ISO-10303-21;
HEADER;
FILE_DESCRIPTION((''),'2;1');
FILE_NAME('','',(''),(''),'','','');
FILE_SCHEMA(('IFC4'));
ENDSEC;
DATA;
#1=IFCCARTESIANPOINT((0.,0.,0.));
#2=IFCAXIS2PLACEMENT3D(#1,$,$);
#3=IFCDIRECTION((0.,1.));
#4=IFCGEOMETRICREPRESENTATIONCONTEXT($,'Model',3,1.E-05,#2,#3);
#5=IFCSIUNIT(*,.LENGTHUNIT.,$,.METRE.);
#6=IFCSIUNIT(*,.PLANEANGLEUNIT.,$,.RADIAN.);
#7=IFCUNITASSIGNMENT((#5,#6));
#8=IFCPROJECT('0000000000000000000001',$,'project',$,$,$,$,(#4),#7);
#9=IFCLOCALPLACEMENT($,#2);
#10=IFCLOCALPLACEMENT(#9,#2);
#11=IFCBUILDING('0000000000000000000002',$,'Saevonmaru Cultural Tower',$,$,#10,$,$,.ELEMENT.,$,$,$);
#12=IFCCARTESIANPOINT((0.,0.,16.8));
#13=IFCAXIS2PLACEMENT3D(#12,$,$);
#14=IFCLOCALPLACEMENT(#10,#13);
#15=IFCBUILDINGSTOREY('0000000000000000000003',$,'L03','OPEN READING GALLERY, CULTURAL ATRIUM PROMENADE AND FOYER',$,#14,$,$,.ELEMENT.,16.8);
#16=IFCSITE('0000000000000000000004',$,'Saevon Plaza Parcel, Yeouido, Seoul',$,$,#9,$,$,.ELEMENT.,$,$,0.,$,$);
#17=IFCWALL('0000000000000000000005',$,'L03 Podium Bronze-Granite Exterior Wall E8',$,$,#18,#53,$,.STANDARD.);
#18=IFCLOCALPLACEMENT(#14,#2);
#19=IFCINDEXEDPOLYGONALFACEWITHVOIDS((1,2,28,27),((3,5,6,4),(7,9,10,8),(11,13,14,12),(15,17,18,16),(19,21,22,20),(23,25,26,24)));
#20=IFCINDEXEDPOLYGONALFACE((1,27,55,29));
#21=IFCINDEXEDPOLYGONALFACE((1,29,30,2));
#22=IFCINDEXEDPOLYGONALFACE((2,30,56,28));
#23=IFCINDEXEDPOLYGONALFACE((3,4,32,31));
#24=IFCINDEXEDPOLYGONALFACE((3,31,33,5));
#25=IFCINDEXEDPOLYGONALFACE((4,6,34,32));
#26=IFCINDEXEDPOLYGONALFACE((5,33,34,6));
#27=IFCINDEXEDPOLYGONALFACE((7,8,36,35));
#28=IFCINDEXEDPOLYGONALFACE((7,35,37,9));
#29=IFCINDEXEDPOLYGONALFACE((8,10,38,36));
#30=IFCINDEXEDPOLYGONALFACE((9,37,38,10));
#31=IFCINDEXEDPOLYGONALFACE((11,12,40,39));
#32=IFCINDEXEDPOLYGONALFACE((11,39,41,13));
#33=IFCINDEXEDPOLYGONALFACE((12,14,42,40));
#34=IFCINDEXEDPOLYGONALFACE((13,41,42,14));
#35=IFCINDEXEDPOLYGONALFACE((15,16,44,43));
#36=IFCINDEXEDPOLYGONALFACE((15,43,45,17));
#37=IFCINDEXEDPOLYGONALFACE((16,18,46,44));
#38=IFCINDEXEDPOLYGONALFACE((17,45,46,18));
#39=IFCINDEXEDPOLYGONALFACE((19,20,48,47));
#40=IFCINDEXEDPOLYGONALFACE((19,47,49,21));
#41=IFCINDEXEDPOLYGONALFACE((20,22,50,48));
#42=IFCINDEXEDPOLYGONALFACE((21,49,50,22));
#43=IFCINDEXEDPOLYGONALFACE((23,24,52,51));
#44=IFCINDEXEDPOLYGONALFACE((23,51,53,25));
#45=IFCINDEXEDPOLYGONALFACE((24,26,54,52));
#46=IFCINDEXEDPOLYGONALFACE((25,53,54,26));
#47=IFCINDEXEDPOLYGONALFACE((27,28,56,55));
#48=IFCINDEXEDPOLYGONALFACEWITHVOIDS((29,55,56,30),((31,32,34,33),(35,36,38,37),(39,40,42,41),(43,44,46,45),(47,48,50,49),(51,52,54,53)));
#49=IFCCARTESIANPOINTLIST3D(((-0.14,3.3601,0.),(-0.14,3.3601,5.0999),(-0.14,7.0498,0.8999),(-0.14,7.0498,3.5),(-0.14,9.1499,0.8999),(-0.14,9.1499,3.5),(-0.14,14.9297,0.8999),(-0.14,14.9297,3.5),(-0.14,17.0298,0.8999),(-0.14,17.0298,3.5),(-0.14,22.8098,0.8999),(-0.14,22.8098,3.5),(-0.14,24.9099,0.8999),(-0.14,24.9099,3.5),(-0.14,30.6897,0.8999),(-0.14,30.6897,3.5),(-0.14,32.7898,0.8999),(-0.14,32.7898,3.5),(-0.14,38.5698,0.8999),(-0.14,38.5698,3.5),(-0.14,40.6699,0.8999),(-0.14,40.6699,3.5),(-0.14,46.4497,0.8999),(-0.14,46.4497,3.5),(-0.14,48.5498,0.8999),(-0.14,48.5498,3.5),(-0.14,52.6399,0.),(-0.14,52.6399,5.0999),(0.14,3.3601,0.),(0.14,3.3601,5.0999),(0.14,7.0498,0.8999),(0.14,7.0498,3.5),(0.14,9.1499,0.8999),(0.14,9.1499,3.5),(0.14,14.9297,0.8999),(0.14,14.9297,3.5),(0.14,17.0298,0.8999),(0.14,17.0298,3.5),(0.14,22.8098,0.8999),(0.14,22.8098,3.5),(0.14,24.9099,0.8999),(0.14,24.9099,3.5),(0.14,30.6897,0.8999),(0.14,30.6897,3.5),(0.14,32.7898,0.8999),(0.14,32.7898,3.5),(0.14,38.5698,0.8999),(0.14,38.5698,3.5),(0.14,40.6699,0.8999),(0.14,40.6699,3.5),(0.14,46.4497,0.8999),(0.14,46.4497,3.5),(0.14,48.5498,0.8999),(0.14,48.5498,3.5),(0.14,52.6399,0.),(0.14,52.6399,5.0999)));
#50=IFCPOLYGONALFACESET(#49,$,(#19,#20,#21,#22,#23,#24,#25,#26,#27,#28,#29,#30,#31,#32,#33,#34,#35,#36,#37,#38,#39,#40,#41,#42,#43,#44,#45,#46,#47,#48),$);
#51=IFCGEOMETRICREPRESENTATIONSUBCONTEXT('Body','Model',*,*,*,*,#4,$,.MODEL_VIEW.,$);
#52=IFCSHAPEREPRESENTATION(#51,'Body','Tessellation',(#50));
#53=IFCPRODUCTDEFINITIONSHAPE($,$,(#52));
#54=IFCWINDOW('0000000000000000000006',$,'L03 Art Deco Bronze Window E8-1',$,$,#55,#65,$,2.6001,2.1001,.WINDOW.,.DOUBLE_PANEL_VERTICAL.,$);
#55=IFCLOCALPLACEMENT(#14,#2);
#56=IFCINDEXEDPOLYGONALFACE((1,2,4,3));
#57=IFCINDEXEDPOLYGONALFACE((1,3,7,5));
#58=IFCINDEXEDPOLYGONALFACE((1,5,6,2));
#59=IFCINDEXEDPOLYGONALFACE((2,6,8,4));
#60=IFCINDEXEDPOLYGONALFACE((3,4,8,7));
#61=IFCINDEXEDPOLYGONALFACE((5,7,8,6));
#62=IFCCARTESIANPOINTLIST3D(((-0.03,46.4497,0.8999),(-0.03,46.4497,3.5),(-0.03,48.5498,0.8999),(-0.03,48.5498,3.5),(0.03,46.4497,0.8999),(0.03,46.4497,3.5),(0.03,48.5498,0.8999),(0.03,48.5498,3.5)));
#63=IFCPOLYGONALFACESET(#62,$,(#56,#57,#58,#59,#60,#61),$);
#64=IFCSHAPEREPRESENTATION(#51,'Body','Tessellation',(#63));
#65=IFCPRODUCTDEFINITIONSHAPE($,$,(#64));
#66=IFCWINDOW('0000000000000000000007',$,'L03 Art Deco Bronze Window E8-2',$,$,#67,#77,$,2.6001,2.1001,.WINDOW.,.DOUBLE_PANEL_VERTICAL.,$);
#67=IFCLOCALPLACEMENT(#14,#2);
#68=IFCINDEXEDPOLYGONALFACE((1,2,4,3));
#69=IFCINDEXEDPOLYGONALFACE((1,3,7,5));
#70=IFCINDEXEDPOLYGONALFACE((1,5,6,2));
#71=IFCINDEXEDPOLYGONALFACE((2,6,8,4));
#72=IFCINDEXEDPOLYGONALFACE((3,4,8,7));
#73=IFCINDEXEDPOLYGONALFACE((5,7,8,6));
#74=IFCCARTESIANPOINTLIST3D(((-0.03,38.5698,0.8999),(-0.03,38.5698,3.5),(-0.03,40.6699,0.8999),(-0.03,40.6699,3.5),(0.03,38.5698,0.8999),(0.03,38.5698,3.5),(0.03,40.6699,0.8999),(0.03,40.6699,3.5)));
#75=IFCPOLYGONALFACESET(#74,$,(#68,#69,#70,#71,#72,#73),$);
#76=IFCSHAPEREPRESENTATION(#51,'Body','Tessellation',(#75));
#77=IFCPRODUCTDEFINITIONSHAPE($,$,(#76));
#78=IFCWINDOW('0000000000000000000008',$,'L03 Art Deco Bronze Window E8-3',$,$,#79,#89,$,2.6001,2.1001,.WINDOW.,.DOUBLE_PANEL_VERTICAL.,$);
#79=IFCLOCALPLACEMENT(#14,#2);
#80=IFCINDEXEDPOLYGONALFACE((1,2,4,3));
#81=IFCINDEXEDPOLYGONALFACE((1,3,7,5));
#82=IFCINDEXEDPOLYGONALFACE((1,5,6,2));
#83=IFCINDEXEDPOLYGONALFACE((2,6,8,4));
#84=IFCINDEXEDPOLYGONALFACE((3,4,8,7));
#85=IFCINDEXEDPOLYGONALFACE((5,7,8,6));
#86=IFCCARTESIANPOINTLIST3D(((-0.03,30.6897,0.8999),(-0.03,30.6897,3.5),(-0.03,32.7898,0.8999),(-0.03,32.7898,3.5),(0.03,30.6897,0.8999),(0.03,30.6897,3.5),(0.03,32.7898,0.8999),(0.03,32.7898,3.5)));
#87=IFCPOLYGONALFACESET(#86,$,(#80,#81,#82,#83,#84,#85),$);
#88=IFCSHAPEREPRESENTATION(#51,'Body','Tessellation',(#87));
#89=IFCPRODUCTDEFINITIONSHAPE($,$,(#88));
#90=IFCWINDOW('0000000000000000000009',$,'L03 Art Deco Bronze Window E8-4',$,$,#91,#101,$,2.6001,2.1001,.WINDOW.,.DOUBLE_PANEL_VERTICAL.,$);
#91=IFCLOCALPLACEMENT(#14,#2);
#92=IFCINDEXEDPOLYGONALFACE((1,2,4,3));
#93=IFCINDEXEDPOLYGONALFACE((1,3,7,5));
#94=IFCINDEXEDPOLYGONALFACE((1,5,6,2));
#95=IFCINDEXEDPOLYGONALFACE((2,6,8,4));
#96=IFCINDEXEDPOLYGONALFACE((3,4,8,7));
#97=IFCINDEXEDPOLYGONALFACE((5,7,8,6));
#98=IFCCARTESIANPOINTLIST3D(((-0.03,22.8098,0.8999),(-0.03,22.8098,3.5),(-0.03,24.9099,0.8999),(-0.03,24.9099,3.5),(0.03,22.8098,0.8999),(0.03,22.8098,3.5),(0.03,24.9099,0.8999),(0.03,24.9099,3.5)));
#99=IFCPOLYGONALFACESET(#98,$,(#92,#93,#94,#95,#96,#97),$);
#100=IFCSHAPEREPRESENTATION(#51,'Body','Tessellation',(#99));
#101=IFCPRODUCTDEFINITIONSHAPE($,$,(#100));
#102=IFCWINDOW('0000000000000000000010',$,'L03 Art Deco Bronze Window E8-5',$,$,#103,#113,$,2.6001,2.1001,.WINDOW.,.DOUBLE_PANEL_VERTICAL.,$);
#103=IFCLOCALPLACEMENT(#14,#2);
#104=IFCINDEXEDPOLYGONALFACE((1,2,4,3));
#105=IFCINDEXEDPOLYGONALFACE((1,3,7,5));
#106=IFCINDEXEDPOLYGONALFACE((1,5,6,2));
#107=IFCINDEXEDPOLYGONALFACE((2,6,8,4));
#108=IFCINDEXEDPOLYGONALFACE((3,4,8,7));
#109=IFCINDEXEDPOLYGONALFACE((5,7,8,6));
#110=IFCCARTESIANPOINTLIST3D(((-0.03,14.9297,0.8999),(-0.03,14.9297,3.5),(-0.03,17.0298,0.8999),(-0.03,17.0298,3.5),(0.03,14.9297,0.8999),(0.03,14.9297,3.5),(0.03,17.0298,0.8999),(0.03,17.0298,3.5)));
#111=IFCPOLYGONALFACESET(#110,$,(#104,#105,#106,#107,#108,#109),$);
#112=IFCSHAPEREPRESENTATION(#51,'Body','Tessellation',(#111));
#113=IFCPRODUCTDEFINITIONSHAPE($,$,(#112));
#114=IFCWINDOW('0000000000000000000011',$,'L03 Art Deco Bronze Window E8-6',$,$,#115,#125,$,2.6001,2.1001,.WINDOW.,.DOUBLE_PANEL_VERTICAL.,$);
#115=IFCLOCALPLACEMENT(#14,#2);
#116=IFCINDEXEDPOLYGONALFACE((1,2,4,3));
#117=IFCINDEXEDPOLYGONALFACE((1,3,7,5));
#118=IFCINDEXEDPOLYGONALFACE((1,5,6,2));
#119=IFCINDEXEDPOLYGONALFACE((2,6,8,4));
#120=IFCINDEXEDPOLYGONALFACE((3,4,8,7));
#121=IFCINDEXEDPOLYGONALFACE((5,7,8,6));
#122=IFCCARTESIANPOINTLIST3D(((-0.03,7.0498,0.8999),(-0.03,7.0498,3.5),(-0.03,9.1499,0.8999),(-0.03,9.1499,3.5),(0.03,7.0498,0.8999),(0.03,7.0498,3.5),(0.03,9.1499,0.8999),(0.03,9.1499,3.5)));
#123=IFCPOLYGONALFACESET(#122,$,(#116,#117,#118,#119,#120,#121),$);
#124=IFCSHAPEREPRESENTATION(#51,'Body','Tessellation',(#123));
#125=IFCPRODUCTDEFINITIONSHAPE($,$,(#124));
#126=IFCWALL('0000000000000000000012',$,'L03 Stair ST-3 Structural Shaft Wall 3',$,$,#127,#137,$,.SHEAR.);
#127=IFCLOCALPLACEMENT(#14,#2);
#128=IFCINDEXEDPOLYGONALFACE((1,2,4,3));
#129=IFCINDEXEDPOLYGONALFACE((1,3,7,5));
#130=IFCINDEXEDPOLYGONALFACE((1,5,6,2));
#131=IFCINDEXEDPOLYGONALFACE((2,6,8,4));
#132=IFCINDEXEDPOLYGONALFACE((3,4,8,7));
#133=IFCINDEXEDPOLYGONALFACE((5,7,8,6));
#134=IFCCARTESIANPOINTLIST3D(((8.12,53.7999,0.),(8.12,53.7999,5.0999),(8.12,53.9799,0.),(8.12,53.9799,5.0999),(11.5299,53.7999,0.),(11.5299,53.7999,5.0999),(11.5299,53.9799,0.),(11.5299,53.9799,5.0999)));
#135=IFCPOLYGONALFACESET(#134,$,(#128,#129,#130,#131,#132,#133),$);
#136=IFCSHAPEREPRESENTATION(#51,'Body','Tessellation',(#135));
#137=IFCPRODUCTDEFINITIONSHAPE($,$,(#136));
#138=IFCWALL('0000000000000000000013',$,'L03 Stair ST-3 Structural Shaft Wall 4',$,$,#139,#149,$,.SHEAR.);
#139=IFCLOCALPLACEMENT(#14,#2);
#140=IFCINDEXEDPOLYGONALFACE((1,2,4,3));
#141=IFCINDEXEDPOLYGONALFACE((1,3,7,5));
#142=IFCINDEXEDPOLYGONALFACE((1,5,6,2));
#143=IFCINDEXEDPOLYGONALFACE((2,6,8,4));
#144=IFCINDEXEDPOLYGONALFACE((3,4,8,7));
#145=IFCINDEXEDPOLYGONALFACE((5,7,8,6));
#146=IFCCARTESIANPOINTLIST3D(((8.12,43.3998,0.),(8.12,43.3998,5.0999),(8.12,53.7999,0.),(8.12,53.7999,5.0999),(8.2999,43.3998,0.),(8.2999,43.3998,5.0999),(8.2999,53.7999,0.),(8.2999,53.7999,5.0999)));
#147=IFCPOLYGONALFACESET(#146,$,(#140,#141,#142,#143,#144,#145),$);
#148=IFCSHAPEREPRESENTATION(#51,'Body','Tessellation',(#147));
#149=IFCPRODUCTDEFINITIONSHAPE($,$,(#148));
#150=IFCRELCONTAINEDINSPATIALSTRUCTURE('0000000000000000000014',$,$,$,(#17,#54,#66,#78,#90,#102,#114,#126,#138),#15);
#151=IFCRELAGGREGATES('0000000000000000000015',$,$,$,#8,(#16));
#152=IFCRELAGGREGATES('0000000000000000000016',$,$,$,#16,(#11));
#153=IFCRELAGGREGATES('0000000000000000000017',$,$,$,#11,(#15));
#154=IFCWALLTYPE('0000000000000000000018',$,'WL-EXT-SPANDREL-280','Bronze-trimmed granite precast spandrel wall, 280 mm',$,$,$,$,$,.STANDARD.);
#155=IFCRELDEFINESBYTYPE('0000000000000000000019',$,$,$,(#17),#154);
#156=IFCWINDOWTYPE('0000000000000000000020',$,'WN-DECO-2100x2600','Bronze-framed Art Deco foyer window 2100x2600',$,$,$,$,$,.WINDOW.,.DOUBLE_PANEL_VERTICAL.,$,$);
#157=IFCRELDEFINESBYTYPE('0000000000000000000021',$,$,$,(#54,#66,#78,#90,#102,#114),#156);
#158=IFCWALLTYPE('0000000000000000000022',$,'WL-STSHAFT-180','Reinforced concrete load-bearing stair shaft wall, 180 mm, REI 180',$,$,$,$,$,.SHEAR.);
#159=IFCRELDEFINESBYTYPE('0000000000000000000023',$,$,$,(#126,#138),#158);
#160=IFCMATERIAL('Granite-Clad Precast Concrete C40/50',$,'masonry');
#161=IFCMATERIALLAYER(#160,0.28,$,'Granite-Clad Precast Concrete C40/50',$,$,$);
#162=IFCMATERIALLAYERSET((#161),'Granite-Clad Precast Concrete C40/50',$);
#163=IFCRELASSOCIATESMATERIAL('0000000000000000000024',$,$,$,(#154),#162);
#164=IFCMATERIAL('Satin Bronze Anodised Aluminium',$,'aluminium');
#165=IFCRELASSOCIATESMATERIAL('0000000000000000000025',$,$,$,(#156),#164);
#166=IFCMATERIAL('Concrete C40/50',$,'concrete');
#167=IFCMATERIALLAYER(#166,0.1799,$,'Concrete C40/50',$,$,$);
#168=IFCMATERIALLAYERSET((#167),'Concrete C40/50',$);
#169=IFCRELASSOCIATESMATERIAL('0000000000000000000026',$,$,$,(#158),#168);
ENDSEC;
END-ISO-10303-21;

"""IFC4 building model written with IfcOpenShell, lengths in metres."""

from ifc_helpers import new_model, si_unit, direction, frame, frame_2d, origin, place, context, subcontext, project, spatial, rectangle, extrude, material, layer, layer_set, type_object, element, fill, save


model = new_model("IFC4")

# Units and contexts
model_context = context("Model", 3, precision=1e-05, world=origin(), true_north=direction((0.0, 1.0)))
body_context = subcontext(model_context, "Body", "Model", "MODEL_VIEW")
ifc_project = project(units=[si_unit("LENGTHUNIT", "METRE"), si_unit("PLANEANGLEUNIT", "RADIAN")], contexts=[model_context])

# Site, building, storey
site_placement = place(None, origin())
site = spatial("IfcSite", under=ifc_project, at=site_placement, Name="Saevon Plaza Parcel, Yeouido, Seoul", CompositionType="ELEMENT", RefElevation=0.0)
building_placement = place(site_placement, origin())
building = spatial("IfcBuilding", under=site, at=building_placement, Name="Saevonmaru Cultural Tower", CompositionType="ELEMENT")
storey_placement = place(building_placement, frame((0.0, 0.0, 16.8)))
storey = spatial("IfcBuildingStorey", under=building, at=storey_placement, Name="L03", Description="OPEN READING GALLERY, CULTURAL ATRIUM PROMENADE AND FOYER", CompositionType="ELEMENT", Elevation=16.8)

# Shared definitions
ifc_material_1 = material(Name="Granite-Clad Precast Concrete C40/50", Category="masonry")
ifc_material_2 = material(Name="Satin Bronze Anodised Aluminium", Category="aluminium")

# Wall, openings, windows
ifc_layer_1 = layer(ifc_material_1, 0.28, Name="Granite-Clad Precast Concrete C40/50")
ifc_layer_set_1 = layer_set([ifc_layer_1], Name="Granite-Clad Precast Concrete C40/50")
wall_type_1 = type_object("IfcWallType", Name="WL-EXT-SPANDREL-280", Description="Bronze-trimmed granite precast spandrel wall, 280 mm", PredefinedType="STANDARD", material=ifc_layer_set_1)
wall_1_placement = place(storey_placement, frame((0.0, 52.6399, 0.0), z_axis=(0.0, 0.0, 1.0), x_axis=(0.0, -1.0, 0.0)))
wall_1 = element("IfcWall", 1, at=wall_1_placement, inside=storey, type_object=wall_type_1, Name="L03 Podium Bronze-Granite Exterior Wall E8", PredefinedType="STANDARD", context=body_context, shape_type="SweptSolid", body=[
    extrude(rectangle(XDim=49.2798, YDim=0.28, at=frame_2d((24.6399, 0.0))), origin(), (0.0, 0.0, 1.0), 5.0999),
])
opening_1_placement = place(wall_1_placement, frame((4.0901, 0.0, 0.8999)))
opening_1 = element("IfcOpeningElement", 2, at=opening_1_placement, cuts=wall_1, PredefinedType="OPENING", context=body_context, shape_type="SweptSolid", body=[
    extrude(rectangle(XDim=2.1001, YDim=2.6001, at=frame_2d((1.05, 1.3))), frame((0.0, 0.1499, 0.0), z_axis=(0.0, -1.0, 0.0), x_axis=(1.0, 0.0, 0.0)), (0.0, 0.0, 1.0), 0.3),
])
opening_2_placement = place(wall_1_placement, frame((11.97, 0.0, 0.8999)))
opening_2 = element("IfcOpeningElement", 3, at=opening_2_placement, cuts=wall_1, PredefinedType="OPENING", context=body_context, shape_type="SweptSolid", body=[
    extrude(rectangle(XDim=2.1001, YDim=2.6001, at=frame_2d((1.05, 1.3))), frame((0.0, 0.1499, 0.0), z_axis=(0.0, -1.0, 0.0), x_axis=(1.0, 0.0, 0.0)), (0.0, 0.0, 1.0), 0.3),
])
opening_3_placement = place(wall_1_placement, frame((19.8501, 0.0, 0.8999)))
opening_3 = element("IfcOpeningElement", 4, at=opening_3_placement, cuts=wall_1, PredefinedType="OPENING", context=body_context, shape_type="SweptSolid", body=[
    extrude(rectangle(XDim=2.1001, YDim=2.6001, at=frame_2d((1.05, 1.3))), frame((0.0, 0.1499, 0.0), z_axis=(0.0, -1.0, 0.0), x_axis=(1.0, 0.0, 0.0)), (0.0, 0.0, 1.0), 0.3),
])
opening_4_placement = place(wall_1_placement, frame((27.73, 0.0, 0.8999)))
opening_4 = element("IfcOpeningElement", 5, at=opening_4_placement, cuts=wall_1, PredefinedType="OPENING", context=body_context, shape_type="SweptSolid", body=[
    extrude(rectangle(XDim=2.1001, YDim=2.6001, at=frame_2d((1.05, 1.3))), frame((0.0, 0.1499, 0.0), z_axis=(0.0, -1.0, 0.0), x_axis=(1.0, 0.0, 0.0)), (0.0, 0.0, 1.0), 0.3),
])
opening_5_placement = place(wall_1_placement, frame((35.6101, 0.0, 0.8999)))
opening_5 = element("IfcOpeningElement", 6, at=opening_5_placement, cuts=wall_1, PredefinedType="OPENING", context=body_context, shape_type="SweptSolid", body=[
    extrude(rectangle(XDim=2.1001, YDim=2.6001, at=frame_2d((1.05, 1.3))), frame((0.0, 0.1499, 0.0), z_axis=(0.0, -1.0, 0.0), x_axis=(1.0, 0.0, 0.0)), (0.0, 0.0, 1.0), 0.3),
])
opening_6_placement = place(wall_1_placement, frame((43.49, 0.0, 0.8999)))
opening_6 = element("IfcOpeningElement", 7, at=opening_6_placement, cuts=wall_1, PredefinedType="OPENING", context=body_context, shape_type="SweptSolid", body=[
    extrude(rectangle(XDim=2.1001, YDim=2.6001, at=frame_2d((1.05, 1.3))), frame((0.0, 0.1499, 0.0), z_axis=(0.0, -1.0, 0.0), x_axis=(1.0, 0.0, 0.0)), (0.0, 0.0, 1.0), 0.3),
])
window_type_1 = type_object("IfcWindowType", Name="WN-DECO-2100x2600", Description="Bronze-framed Art Deco foyer window 2100x2600", PartitioningType="DOUBLE_PANEL_VERTICAL", PredefinedType="WINDOW", material=ifc_material_2)
window_1_placement = place(opening_1_placement, origin())
window_1 = element("IfcWindow", 8, at=window_1_placement, inside=storey, type_object=window_type_1, Name="L03 Art Deco Bronze Window E8-1", OverallHeight=2.6001, OverallWidth=2.1001, PartitioningType="DOUBLE_PANEL_VERTICAL", PredefinedType="WINDOW", context=body_context, shape_type="SweptSolid", body=[
    extrude(rectangle(XDim=2.1001, YDim=2.6001, at=frame_2d((1.05, 1.3))), frame((0.0, 0.03, 0.0), z_axis=(0.0, -1.0, 0.0), x_axis=(1.0, 0.0, 0.0)), (0.0, 0.0, 1.0), 0.0601),
])
fill(opening_1, window_1)
window_2_placement = place(opening_2_placement, origin())
window_2 = element("IfcWindow", 9, at=window_2_placement, inside=storey, type_object=window_type_1, Name="L03 Art Deco Bronze Window E8-2", OverallHeight=2.6001, OverallWidth=2.1001, PartitioningType="DOUBLE_PANEL_VERTICAL", PredefinedType="WINDOW", context=body_context, shape_type="SweptSolid", body=[
    extrude(rectangle(XDim=2.1001, YDim=2.6001, at=frame_2d((1.05, 1.3))), frame((0.0, 0.03, 0.0), z_axis=(0.0, -1.0, 0.0), x_axis=(1.0, 0.0, 0.0)), (0.0, 0.0, 1.0), 0.0601),
])
fill(opening_2, window_2)
window_3_placement = place(opening_3_placement, origin())
window_3 = element("IfcWindow", 10, at=window_3_placement, inside=storey, type_object=window_type_1, Name="L03 Art Deco Bronze Window E8-3", OverallHeight=2.6001, OverallWidth=2.1001, PartitioningType="DOUBLE_PANEL_VERTICAL", PredefinedType="WINDOW", context=body_context, shape_type="SweptSolid", body=[
    extrude(rectangle(XDim=2.1001, YDim=2.6001, at=frame_2d((1.05, 1.3))), frame((0.0, 0.03, 0.0), z_axis=(0.0, -1.0, 0.0), x_axis=(1.0, 0.0, 0.0)), (0.0, 0.0, 1.0), 0.0601),
])
fill(opening_3, window_3)
window_4_placement = place(opening_4_placement, origin())
window_4 = element("IfcWindow", 11, at=window_4_placement, inside=storey, type_object=window_type_1, Name="L03 Art Deco Bronze Window E8-4", OverallHeight=2.6001, OverallWidth=2.1001, PartitioningType="DOUBLE_PANEL_VERTICAL", PredefinedType="WINDOW", context=body_context, shape_type="SweptSolid", body=[
    extrude(rectangle(XDim=2.1001, YDim=2.6001, at=frame_2d((1.05, 1.3))), frame((0.0, 0.03, 0.0), z_axis=(0.0, -1.0, 0.0), x_axis=(1.0, 0.0, 0.0)), (0.0, 0.0, 1.0), 0.0601),
])
fill(opening_4, window_4)
window_5_placement = place(opening_5_placement, origin())
window_5 = element("IfcWindow", 12, at=window_5_placement, inside=storey, type_object=window_type_1, Name="L03 Art Deco Bronze Window E8-5", OverallHeight=2.6001, OverallWidth=2.1001, PartitioningType="DOUBLE_PANEL_VERTICAL", PredefinedType="WINDOW", context=body_context, shape_type="SweptSolid", body=[
    extrude(rectangle(XDim=2.1001, YDim=2.6001, at=frame_2d((1.05, 1.3))), frame((0.0, 0.03, 0.0), z_axis=(0.0, -1.0, 0.0), x_axis=(1.0, 0.0, 0.0)), (0.0, 0.0, 1.0), 0.0601),
])
fill(opening_5, window_5)
window_6_placement = place(opening_6_placement, origin())
window_6 = element("IfcWindow", 13, at=window_6_placement, inside=storey, type_object=window_type_1, Name="L03 Art Deco Bronze Window E8-6", OverallHeight=2.6001, OverallWidth=2.1001, PartitioningType="DOUBLE_PANEL_VERTICAL", PredefinedType="WINDOW", context=body_context, shape_type="SweptSolid", body=[
    extrude(rectangle(XDim=2.1001, YDim=2.6001, at=frame_2d((1.05, 1.3))), frame((0.0, 0.03, 0.0), z_axis=(0.0, -1.0, 0.0), x_axis=(1.0, 0.0, 0.0)), (0.0, 0.0, 1.0), 0.0601),
])
fill(opening_6, window_6)

# Walls
ifc_material_3 = material(Name="Concrete C40/50", Category="concrete")
ifc_layer_2 = layer(ifc_material_3, 0.1799, Name="Concrete C40/50")
ifc_layer_set_2 = layer_set([ifc_layer_2], Name="Concrete C40/50")
wall_type_2 = type_object("IfcWallType", Name="WL-STSHAFT-180", Description="Reinforced concrete load-bearing stair shaft wall, 180 mm, REI 180", PredefinedType="SHEAR", material=ifc_layer_set_2)
wall_2_placement = place(storey_placement, frame((11.53, 53.8899, 0.0), z_axis=(0.0, 0.0, 1.0), x_axis=(-1.0, 0.0, 0.0)))
element("IfcWall", 14, at=wall_2_placement, inside=storey, type_object=wall_type_2, Name="L03 Stair ST-3 Structural Shaft Wall 3", PredefinedType="SHEAR", context=body_context, shape_type="SweptSolid", body=[
    extrude(rectangle(XDim=3.4099, YDim=0.1799, at=frame_2d((1.7051, 0.0))), origin(), (0.0, 0.0, 1.0), 5.0999),
])
wall_3_placement = place(storey_placement, frame((8.21, 53.8, 0.0), z_axis=(0.0, 0.0, 1.0), x_axis=(0.0, -1.0, 0.0)))
element("IfcWall", 15, at=wall_3_placement, inside=storey, type_object=wall_type_2, Name="L03 Stair ST-3 Structural Shaft Wall 4", PredefinedType="SHEAR", context=body_context, shape_type="SweptSolid", body=[
    extrude(rectangle(XDim=10.4001, YDim=0.1799, at=frame_2d((5.2002, 0.0))), origin(), (0.0, 0.0, 1.0), 5.0999),
])

save(model, "model.ifc")
